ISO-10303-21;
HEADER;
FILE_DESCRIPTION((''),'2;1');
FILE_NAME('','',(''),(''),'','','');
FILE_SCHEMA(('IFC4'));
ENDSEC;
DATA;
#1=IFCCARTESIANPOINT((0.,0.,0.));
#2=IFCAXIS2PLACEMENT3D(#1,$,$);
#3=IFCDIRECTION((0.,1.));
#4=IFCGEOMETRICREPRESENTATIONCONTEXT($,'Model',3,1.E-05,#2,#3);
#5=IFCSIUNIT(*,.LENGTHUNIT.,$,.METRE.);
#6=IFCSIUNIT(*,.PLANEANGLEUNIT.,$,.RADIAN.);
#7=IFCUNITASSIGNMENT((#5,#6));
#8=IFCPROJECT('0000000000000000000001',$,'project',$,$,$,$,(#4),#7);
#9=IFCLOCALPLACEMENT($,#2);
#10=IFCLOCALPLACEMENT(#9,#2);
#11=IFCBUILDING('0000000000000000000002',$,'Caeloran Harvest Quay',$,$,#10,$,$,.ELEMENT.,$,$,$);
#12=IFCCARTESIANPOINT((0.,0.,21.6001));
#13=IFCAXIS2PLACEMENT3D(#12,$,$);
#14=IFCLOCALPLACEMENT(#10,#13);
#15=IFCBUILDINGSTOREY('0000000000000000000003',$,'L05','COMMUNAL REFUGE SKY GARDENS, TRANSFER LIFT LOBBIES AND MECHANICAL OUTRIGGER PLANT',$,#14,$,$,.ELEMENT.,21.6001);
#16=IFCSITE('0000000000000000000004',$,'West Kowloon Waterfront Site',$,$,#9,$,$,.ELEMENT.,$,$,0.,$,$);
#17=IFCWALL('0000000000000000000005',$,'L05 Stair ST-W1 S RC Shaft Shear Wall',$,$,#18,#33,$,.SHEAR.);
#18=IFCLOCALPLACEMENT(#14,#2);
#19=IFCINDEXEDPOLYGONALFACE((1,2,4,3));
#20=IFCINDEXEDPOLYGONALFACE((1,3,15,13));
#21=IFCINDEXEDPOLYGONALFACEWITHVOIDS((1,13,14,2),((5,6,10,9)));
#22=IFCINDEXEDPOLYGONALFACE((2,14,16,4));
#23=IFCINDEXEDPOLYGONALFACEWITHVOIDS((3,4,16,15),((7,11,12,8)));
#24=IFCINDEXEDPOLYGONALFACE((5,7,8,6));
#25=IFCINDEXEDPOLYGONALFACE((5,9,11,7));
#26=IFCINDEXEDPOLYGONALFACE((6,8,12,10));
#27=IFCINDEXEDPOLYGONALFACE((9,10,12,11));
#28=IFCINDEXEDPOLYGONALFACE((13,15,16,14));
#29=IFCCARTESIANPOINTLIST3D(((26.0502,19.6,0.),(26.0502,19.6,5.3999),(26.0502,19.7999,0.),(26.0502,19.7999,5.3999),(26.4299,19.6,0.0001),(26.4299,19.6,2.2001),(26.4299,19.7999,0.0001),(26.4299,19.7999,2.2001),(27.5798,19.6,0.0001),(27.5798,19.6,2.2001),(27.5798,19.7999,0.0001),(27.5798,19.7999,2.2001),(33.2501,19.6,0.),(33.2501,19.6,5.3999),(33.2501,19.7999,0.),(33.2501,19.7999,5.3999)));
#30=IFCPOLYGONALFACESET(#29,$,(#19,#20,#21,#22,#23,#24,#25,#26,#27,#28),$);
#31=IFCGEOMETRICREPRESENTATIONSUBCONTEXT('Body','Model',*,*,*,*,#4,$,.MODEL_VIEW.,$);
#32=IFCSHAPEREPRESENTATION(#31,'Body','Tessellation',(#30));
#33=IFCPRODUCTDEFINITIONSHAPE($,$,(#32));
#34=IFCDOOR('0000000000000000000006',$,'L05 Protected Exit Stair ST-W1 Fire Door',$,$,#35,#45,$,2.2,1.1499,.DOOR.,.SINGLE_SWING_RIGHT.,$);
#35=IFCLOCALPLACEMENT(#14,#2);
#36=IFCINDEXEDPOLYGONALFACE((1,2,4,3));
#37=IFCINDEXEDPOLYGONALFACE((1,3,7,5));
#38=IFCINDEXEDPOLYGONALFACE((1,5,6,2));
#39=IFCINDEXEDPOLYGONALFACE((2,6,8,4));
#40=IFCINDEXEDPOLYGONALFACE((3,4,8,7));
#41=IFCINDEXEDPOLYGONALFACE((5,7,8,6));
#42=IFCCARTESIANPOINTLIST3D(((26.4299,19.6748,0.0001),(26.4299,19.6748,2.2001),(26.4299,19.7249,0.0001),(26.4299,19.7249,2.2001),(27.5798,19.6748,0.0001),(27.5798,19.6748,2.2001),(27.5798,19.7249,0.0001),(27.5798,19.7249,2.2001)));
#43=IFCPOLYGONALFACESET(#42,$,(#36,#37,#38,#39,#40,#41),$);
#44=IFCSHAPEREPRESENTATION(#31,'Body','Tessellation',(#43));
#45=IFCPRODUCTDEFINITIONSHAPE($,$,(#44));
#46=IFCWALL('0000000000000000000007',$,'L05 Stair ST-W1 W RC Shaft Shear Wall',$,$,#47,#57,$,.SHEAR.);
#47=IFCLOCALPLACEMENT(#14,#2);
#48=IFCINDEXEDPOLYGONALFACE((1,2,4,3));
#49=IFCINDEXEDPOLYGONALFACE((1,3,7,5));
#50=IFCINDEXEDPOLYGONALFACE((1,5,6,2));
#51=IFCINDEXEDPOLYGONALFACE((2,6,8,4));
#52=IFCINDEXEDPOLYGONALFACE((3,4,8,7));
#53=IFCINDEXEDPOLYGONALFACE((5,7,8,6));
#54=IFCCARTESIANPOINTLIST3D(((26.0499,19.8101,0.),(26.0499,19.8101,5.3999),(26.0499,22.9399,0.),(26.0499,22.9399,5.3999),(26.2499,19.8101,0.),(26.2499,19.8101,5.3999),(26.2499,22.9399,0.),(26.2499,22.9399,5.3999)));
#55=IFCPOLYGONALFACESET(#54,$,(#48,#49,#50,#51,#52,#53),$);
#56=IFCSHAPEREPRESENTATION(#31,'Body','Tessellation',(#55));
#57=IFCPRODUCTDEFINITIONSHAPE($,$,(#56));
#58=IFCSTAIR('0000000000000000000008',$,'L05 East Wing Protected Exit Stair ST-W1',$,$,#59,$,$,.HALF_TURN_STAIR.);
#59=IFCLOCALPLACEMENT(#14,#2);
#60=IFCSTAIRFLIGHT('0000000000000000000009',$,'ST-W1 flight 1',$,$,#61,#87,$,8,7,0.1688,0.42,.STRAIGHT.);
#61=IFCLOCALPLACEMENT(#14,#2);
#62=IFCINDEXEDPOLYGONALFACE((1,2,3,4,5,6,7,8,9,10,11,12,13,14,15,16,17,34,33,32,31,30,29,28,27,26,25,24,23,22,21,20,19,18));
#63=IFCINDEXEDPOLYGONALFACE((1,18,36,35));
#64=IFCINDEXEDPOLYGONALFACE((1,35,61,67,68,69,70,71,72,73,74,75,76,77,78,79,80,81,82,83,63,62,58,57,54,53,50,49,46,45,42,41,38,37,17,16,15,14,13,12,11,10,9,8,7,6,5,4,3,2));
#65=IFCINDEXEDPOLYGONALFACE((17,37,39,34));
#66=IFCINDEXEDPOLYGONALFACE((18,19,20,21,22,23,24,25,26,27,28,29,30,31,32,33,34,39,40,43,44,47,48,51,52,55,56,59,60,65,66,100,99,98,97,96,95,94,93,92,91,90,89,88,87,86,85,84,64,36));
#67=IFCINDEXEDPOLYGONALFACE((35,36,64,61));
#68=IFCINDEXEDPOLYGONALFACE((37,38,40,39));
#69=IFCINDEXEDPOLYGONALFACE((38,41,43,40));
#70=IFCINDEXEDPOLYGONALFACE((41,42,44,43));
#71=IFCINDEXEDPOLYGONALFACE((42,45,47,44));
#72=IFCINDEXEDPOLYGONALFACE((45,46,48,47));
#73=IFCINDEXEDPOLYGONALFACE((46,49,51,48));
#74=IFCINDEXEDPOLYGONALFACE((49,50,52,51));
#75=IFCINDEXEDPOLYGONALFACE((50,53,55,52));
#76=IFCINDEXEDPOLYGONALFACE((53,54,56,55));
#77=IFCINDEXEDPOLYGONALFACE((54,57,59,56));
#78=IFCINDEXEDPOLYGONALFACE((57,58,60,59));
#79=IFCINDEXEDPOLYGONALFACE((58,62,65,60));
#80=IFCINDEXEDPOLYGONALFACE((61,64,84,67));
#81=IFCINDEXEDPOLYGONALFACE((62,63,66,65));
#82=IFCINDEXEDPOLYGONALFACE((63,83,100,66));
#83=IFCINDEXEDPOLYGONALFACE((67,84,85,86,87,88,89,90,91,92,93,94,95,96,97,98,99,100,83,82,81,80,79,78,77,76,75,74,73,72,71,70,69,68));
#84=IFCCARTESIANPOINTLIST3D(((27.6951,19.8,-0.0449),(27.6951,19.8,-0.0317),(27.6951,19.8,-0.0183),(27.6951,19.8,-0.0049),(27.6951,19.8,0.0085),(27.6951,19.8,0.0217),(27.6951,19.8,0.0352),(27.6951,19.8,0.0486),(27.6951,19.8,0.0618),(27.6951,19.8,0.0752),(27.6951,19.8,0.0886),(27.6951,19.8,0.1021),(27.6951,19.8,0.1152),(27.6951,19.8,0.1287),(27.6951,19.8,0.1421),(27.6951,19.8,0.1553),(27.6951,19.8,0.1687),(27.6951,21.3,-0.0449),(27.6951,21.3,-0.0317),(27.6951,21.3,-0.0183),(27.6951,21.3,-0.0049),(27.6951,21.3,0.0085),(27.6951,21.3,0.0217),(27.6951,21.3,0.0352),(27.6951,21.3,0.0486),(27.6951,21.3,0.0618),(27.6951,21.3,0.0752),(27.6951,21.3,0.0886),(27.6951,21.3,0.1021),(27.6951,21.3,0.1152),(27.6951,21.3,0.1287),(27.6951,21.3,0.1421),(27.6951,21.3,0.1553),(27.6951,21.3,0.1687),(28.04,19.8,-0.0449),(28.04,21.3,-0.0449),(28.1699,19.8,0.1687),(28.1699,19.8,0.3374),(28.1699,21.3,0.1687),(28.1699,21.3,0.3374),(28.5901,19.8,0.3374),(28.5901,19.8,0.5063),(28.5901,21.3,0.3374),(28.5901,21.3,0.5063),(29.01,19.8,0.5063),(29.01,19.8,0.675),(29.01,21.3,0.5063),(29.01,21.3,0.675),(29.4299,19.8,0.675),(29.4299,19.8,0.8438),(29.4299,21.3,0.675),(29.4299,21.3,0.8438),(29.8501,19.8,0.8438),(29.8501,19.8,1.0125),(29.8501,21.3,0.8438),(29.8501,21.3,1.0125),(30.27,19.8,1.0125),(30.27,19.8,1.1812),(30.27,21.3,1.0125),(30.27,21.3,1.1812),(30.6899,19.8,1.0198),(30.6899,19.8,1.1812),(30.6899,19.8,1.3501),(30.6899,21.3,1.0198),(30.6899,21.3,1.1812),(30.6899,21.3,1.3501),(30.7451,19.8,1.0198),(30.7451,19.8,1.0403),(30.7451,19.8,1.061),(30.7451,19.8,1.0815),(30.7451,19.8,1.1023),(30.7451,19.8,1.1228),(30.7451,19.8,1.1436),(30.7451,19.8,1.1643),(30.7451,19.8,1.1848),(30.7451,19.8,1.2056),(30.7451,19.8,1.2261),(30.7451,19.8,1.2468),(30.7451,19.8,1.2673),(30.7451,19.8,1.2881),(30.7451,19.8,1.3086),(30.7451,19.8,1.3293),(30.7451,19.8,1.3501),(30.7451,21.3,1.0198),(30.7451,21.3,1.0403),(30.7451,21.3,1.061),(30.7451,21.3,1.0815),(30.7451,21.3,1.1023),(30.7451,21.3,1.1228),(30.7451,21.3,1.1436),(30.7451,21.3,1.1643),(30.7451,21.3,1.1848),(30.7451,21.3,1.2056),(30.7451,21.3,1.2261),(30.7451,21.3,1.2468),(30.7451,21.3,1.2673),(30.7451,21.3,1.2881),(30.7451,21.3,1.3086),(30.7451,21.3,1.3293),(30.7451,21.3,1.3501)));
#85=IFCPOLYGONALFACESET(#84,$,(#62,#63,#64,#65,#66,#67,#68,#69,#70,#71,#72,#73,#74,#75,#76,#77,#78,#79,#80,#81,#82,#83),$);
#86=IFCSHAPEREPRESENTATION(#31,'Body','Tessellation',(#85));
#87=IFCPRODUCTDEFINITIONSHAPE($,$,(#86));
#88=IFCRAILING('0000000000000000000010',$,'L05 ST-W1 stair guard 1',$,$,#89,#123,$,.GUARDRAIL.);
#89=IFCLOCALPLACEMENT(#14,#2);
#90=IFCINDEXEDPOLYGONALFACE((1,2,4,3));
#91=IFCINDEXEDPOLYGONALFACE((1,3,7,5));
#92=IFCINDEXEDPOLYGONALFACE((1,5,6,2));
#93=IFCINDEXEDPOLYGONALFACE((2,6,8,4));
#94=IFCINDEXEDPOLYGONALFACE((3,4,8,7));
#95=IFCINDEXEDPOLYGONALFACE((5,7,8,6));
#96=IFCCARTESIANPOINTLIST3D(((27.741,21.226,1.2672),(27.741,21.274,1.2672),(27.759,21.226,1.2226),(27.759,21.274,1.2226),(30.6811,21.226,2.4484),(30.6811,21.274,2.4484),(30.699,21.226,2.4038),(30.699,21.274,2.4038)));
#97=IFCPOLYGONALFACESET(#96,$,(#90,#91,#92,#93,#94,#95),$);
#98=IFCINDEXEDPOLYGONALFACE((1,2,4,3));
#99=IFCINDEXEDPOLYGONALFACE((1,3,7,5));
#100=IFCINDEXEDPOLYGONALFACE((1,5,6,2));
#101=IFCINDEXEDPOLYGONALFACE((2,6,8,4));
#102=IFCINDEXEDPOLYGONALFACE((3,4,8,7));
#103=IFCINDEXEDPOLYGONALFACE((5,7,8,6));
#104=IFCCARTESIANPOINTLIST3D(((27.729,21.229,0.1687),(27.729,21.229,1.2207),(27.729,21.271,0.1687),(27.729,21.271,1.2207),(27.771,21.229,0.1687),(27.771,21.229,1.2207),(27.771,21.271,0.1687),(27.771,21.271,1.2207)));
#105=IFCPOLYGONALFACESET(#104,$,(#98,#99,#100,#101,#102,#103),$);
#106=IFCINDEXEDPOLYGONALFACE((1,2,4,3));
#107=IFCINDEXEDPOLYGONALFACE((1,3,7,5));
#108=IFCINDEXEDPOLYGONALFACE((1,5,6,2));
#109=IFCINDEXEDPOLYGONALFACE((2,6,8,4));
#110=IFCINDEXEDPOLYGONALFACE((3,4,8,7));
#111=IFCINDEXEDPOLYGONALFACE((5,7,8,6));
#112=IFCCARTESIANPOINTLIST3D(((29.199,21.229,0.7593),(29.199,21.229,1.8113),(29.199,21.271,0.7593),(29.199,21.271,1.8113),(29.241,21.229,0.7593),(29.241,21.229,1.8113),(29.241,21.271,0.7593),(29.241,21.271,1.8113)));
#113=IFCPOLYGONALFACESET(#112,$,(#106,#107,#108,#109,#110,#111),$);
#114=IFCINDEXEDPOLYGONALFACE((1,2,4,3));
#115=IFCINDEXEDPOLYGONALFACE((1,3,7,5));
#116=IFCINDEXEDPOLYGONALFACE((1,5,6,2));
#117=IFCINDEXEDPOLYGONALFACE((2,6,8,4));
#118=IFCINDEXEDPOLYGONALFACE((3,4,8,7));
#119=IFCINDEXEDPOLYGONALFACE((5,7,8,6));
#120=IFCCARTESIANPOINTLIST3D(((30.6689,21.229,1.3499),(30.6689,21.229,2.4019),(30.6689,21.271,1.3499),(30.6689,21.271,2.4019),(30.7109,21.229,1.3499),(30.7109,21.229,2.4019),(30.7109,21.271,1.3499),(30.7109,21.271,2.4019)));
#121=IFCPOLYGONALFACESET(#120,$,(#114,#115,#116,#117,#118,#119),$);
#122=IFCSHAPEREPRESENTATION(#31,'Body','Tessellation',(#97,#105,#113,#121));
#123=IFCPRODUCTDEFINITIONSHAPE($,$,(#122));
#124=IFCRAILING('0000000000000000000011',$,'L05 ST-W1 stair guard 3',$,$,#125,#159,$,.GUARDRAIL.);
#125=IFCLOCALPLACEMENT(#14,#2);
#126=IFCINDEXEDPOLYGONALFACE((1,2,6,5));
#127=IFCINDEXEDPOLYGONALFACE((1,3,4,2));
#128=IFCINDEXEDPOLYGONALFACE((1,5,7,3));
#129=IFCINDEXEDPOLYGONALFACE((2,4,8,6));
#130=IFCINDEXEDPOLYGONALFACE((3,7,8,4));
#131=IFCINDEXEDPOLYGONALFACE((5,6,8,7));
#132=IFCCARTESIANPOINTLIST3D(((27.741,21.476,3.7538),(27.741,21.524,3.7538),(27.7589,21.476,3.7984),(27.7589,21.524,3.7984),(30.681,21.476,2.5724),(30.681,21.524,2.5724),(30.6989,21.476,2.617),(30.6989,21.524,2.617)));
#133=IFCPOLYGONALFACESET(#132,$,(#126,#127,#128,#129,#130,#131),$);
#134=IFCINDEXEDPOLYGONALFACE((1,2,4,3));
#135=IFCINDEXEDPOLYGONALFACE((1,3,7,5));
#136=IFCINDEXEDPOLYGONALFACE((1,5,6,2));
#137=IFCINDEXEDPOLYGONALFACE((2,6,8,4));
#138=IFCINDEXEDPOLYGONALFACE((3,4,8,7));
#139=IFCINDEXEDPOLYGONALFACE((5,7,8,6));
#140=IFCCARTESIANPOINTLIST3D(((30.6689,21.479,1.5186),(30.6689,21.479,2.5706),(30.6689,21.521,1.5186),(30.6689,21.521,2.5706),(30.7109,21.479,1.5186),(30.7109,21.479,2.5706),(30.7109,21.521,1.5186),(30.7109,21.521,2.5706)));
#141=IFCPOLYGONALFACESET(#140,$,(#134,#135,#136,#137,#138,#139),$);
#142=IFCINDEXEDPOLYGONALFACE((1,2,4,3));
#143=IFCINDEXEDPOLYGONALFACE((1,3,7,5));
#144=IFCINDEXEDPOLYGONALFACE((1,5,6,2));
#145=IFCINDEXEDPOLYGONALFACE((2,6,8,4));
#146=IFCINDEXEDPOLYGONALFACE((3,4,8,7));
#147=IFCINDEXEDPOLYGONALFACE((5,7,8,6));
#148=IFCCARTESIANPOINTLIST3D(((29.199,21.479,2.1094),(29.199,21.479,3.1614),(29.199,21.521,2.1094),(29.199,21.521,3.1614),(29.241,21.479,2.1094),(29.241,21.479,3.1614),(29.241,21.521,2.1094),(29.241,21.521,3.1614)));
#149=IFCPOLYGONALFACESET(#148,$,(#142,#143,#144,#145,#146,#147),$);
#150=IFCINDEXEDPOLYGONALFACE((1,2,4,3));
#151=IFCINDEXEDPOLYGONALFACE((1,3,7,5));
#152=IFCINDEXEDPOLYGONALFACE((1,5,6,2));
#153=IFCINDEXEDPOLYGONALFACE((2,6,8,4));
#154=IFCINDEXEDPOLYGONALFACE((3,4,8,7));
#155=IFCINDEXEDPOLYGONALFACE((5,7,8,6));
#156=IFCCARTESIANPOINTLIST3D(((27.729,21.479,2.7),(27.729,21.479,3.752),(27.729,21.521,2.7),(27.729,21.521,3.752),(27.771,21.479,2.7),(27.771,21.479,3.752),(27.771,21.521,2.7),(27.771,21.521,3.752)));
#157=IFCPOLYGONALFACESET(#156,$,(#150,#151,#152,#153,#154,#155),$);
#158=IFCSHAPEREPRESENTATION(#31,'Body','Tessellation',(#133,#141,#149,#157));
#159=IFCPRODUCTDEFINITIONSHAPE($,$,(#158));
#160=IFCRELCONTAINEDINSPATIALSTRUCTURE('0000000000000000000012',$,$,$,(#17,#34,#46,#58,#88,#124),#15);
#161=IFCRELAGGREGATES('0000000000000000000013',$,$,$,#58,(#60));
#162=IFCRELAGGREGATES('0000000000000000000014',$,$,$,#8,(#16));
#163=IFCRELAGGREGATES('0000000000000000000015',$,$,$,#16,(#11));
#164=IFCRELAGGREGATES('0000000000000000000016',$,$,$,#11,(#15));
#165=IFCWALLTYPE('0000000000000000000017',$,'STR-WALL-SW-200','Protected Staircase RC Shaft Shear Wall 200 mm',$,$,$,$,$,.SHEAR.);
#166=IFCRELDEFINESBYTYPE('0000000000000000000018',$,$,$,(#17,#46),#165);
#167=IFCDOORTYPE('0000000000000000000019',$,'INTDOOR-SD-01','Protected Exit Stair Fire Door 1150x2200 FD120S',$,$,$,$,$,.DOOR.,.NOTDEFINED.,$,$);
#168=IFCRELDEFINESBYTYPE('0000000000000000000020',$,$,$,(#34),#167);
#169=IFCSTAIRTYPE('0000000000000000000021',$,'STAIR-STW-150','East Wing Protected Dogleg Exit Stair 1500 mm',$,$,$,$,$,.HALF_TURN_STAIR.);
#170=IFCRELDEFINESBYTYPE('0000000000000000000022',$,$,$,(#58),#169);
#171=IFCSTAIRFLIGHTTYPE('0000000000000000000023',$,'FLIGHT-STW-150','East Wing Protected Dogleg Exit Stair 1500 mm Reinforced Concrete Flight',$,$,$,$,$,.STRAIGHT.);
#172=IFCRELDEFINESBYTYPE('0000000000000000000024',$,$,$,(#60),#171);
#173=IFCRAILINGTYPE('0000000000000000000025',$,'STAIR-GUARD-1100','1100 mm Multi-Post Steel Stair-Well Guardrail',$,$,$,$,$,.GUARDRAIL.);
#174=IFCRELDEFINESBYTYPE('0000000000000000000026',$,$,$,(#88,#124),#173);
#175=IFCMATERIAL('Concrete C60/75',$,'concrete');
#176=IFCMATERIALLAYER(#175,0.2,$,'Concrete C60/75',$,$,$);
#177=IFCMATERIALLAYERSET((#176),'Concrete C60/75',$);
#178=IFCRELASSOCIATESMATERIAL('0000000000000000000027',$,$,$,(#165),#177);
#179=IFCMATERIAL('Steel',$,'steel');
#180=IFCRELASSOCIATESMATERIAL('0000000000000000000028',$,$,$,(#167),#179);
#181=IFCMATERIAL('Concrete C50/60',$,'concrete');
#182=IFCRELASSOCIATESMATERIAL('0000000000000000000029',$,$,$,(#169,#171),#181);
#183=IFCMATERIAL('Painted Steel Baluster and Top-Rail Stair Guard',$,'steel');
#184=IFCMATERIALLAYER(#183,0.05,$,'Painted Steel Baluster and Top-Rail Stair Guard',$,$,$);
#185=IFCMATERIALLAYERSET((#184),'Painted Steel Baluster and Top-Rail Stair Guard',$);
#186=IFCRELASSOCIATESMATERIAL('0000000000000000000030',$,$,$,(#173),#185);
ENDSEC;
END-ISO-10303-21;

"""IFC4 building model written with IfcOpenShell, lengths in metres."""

from ifc_helpers import new_model, si_unit, direction, frame, frame_2d, origin, origin_2d, place, context, subcontext, project, spatial, polyline, rectangle, outline, extrude, material, layer, layer_set, type_object, element, fill, aggregate, save


model = new_model("IFC4")

# Units and contexts
model_context = context("Model", 3, precision=1e-05, world=origin(), true_north=direction((0.0, 1.0)))
body_context = subcontext(model_context, "Body", "Model", "MODEL_VIEW")
ifc_project = project(units=[si_unit("LENGTHUNIT", "METRE"), si_unit("PLANEANGLEUNIT", "RADIAN")], contexts=[model_context])

# Site, building, storey
site_placement = place(None, origin())
site = spatial("IfcSite", under=ifc_project, at=site_placement, Name="West Kowloon Waterfront Site", CompositionType="ELEMENT", RefElevation=0.0)
building_placement = place(site_placement, origin())
building = spatial("IfcBuilding", under=site, at=building_placement, Name="Caeloran Harvest Quay", CompositionType="ELEMENT")
storey_placement = place(building_placement, frame((0.0, 0.0, 21.6001)))
storey = spatial("IfcBuildingStorey", under=building, at=storey_placement, Name="L05", Description="COMMUNAL REFUGE SKY GARDENS, TRANSFER LIFT LOBBIES AND MECHANICAL OUTRIGGER PLANT", CompositionType="ELEMENT", Elevation=21.6001)

# Wall, opening, door
ifc_material_1 = material(Name="Concrete C60/75", Category="concrete")
ifc_layer_1 = layer(ifc_material_1, 0.2, Name="Concrete C60/75")
ifc_layer_set_1 = layer_set([ifc_layer_1], Name="Concrete C60/75")
wall_type_1 = type_object("IfcWallType", Name="STR-WALL-SW-200", Description="Protected Staircase RC Shaft Shear Wall 200 mm", PredefinedType="SHEAR", material=ifc_layer_set_1)
wall_1_placement = place(storey_placement, frame((26.05, 19.7, 0.0), z_axis=(0.0, 0.0, 1.0), x_axis=(1.0, 0.0, 0.0)))
wall_1 = element("IfcWall", 1, at=wall_1_placement, inside=storey, type_object=wall_type_1, Name="L05 Stair ST-W1 S RC Shaft Shear Wall", PredefinedType="SHEAR", context=body_context, shape_type="SweptSolid", body=[
    extrude(rectangle(XDim=7.2, YDim=0.2, at=frame_2d((3.6001, 0.0))), origin(), (0.0, 0.0, 1.0), 5.3999),
])
opening_placement = place(wall_1_placement, frame((0.3799, 0.0, 0.0)))
opening = element("IfcOpeningElement", 2, at=opening_placement, cuts=wall_1, PredefinedType="OPENING", context=body_context, shape_type="SweptSolid", body=[
    extrude(rectangle(XDim=1.1499, YDim=2.2, at=frame_2d((0.575, 1.1001))), frame((0.0, 0.1099, 0.0), z_axis=(0.0, -1.0, 0.0), x_axis=(1.0, 0.0, 0.0)), (0.0, 0.0, 1.0), 0.22),
])
ifc_material_2 = material(Name="Steel", Category="steel")
door_type = type_object("IfcDoorType", Name="INTDOOR-SD-01", Description="Protected Exit Stair Fire Door 1150x2200 FD120S", OperationType="NOTDEFINED", PredefinedType="DOOR", material=ifc_material_2)
door_placement = place(opening_placement, origin())
door = element("IfcDoor", 3, at=door_placement, inside=storey, type_object=door_type, Name="L05 Protected Exit Stair ST-W1 Fire Door", OperationType="SINGLE_SWING_RIGHT", OverallHeight=2.2, OverallWidth=1.1499, PredefinedType="DOOR", context=body_context, shape_type="SweptSolid", body=[
    extrude(rectangle(XDim=1.1499, YDim=2.2, at=frame_2d((0.575, 1.1001))), frame((0.0, 0.0249, 0.0), z_axis=(0.0, -1.0, 0.0), x_axis=(1.0, 0.0, 0.0)), (0.0, 0.0, 1.0), 0.05),
])
fill(opening, door)

# Wall
wall_2_placement = place(storey_placement, frame((26.1499, 19.8101, 0.0), z_axis=(0.0, 0.0, 1.0), x_axis=(0.0, 1.0, 0.0)))
element("IfcWall", 4, at=wall_2_placement, inside=storey, type_object=wall_type_1, Name="L05 Stair ST-W1 W RC Shaft Shear Wall", PredefinedType="SHEAR", context=body_context, shape_type="SweptSolid", body=[
    extrude(rectangle(XDim=3.1299, YDim=0.2, at=frame_2d((1.5649, 0.0))), origin(), (0.0, 0.0, 1.0), 5.3999),
])

# Stair, stair flight
ifc_material_3 = material(Name="Concrete C50/60", Category="concrete")
stair_type = type_object("IfcStairType", Name="STAIR-STW-150", Description="East Wing Protected Dogleg Exit Stair 1500 mm", PredefinedType="HALF_TURN_STAIR", material=ifc_material_3)
stair_placement = place(storey_placement, origin())
stair = element("IfcStair", 5, at=stair_placement, inside=storey, type_object=stair_type, Name="L05 East Wing Protected Exit Stair ST-W1", PredefinedType="HALF_TURN_STAIR")
stair_flight_type = type_object("IfcStairFlightType", Name="FLIGHT-STW-150", Description="East Wing Protected Dogleg Exit Stair 1500 mm Reinforced Concrete Flight", PredefinedType="STRAIGHT", material=ifc_material_3)
stair_flight_1_placement = place(storey_placement, frame((27.75, 20.55, 0.0), z_axis=(0.0, 0.0, 1.0), x_axis=(1.0, 0.0, 0.0)))
stair_flight_1 = element("IfcStairFlight", 6, at=stair_flight_1_placement, type_object=stair_flight_type, Name="ST-W1 flight 1", NumberOfRisers=8, NumberOfTreads=7, PredefinedType="STRAIGHT", RiserHeight=0.1688, TreadLength=0.42, context=body_context, shape_type="SweptSolid", body=[
    extrude(outline(polyline([(-0.0549, -0.0449), (-0.0549, -0.0317), (-0.0549, -0.0183), (-0.0549, -0.0049), (-0.0549, 0.0085), (-0.0549, 0.0217), (-0.0549, 0.0352), (-0.0549, 0.0486), (-0.0549, 0.0618), (-0.0549, 0.0752), (-0.0549, 0.0886), (-0.0549, 0.1021), (-0.0549, 0.1152), (-0.0549, 0.1287), (-0.0549, 0.1421), (-0.0549, 0.1553), (-0.0549, 0.1687), (0.4199, 0.1687), (0.4199, 0.3374), (0.8401, 0.3374), (0.8401, 0.5063), (1.26, 0.5063), (1.26, 0.675), (1.6799, 0.675), (1.6799, 0.8438), (2.1001, 0.8438), (2.1001, 1.0125), (2.52, 1.0125), (2.52, 1.1812), (2.9399, 1.1812), (2.9399, 1.3501), (2.9951, 1.3501), (2.9951, 1.3293), (2.9951, 1.3086), (2.9951, 1.2881), (2.9951, 1.2673), (2.9951, 1.2468), (2.9951, 1.2261), (2.9951, 1.2056), (2.9951, 1.1848), (2.9951, 1.1643), (2.9951, 1.1436), (2.9951, 1.1228), (2.9951, 1.1023), (2.9951, 1.0815), (2.9951, 1.061), (2.9951, 1.0403), (2.9951, 1.0198), (2.9399, 1.0198), (0.29, -0.0449), (-0.0549, -0.0449)])), frame((0.0, 0.75, 0.0), z_axis=(0.0, -1.0, 0.0), x_axis=(1.0, 0.0, 0.0)), (0.0, 0.0, 1.0), 1.5),
])
aggregate(stair, [stair_flight_1])

# Railings
ifc_material_4 = material(Name="Painted Steel Baluster and Top-Rail Stair Guard", Category="steel")
ifc_layer_2 = layer(ifc_material_4, 0.05, Name="Painted Steel Baluster and Top-Rail Stair Guard")
ifc_layer_set_2 = layer_set([ifc_layer_2], Name="Painted Steel Baluster and Top-Rail Stair Guard")
railing_type_1 = type_object("IfcRailingType", Name="STAIR-GUARD-1100", Description="1100 mm Multi-Post Steel Stair-Well Guardrail", PredefinedType="GUARDRAIL", material=ifc_layer_set_2)
railing_1_placement = place(storey_placement, frame((27.75, 21.25, 0.1687)))
element("IfcRailing", 7, at=railing_1_placement, inside=storey, type_object=railing_type_1, Name="L05 ST-W1 stair guard 1", PredefinedType="GUARDRAIL", context=body_context, shape_type="SweptSolid", body=[
    extrude(rectangle(XDim=0.0481, YDim=0.0481, at=origin_2d()), frame((0.0, 0.0, 1.0762), z_axis=(0.927912, 0.0, 0.372799), x_axis=(0.0, 1.0, 0.0)), (0.0, 0.0, 1.0), 3.1685),
    extrude(rectangle(XDim=0.042, YDim=0.042, at=origin_2d()), origin(), (0.0, 0.0, 1.0), 1.052),
    extrude(rectangle(XDim=0.042, YDim=0.042, at=origin_2d()), frame((1.47, 0.0, 0.5906)), (0.0, 0.0, 1.0), 1.052),
    extrude(rectangle(XDim=0.042, YDim=0.042, at=origin_2d()), frame((2.9399, 0.0, 1.1812)), (0.0, 0.0, 1.0), 1.052),
])
railing_2_placement = place(storey_placement, frame((30.6899, 21.5, 1.5186)))
element("IfcRailing", 8, at=railing_2_placement, inside=storey, type_object=railing_type_1, Name="L05 ST-W1 stair guard 3", PredefinedType="GUARDRAIL", context=body_context, shape_type="SweptSolid", body=[
    extrude(rectangle(XDim=0.0481, YDim=0.0481, at=origin_2d()), frame((0.0, 0.0, 1.0762), z_axis=(-0.927886, 0.0, 0.372865), x_axis=(0.0, -1.0, 0.0)), (0.0, 0.0, 1.0), 3.1685),
    extrude(rectangle(XDim=0.042, YDim=0.042, at=origin_2d()), origin(), (0.0, 0.0, 1.0), 1.052),
    extrude(rectangle(XDim=0.042, YDim=0.042, at=origin_2d()), frame((-1.47, 0.0, 0.5908)), (0.0, 0.0, 1.0), 1.052),
    extrude(rectangle(XDim=0.042, YDim=0.042, at=origin_2d()), frame((-2.9399, 0.0, 1.1814)), (0.0, 0.0, 1.0), 1.052),
])

save(model, "model.ifc")
